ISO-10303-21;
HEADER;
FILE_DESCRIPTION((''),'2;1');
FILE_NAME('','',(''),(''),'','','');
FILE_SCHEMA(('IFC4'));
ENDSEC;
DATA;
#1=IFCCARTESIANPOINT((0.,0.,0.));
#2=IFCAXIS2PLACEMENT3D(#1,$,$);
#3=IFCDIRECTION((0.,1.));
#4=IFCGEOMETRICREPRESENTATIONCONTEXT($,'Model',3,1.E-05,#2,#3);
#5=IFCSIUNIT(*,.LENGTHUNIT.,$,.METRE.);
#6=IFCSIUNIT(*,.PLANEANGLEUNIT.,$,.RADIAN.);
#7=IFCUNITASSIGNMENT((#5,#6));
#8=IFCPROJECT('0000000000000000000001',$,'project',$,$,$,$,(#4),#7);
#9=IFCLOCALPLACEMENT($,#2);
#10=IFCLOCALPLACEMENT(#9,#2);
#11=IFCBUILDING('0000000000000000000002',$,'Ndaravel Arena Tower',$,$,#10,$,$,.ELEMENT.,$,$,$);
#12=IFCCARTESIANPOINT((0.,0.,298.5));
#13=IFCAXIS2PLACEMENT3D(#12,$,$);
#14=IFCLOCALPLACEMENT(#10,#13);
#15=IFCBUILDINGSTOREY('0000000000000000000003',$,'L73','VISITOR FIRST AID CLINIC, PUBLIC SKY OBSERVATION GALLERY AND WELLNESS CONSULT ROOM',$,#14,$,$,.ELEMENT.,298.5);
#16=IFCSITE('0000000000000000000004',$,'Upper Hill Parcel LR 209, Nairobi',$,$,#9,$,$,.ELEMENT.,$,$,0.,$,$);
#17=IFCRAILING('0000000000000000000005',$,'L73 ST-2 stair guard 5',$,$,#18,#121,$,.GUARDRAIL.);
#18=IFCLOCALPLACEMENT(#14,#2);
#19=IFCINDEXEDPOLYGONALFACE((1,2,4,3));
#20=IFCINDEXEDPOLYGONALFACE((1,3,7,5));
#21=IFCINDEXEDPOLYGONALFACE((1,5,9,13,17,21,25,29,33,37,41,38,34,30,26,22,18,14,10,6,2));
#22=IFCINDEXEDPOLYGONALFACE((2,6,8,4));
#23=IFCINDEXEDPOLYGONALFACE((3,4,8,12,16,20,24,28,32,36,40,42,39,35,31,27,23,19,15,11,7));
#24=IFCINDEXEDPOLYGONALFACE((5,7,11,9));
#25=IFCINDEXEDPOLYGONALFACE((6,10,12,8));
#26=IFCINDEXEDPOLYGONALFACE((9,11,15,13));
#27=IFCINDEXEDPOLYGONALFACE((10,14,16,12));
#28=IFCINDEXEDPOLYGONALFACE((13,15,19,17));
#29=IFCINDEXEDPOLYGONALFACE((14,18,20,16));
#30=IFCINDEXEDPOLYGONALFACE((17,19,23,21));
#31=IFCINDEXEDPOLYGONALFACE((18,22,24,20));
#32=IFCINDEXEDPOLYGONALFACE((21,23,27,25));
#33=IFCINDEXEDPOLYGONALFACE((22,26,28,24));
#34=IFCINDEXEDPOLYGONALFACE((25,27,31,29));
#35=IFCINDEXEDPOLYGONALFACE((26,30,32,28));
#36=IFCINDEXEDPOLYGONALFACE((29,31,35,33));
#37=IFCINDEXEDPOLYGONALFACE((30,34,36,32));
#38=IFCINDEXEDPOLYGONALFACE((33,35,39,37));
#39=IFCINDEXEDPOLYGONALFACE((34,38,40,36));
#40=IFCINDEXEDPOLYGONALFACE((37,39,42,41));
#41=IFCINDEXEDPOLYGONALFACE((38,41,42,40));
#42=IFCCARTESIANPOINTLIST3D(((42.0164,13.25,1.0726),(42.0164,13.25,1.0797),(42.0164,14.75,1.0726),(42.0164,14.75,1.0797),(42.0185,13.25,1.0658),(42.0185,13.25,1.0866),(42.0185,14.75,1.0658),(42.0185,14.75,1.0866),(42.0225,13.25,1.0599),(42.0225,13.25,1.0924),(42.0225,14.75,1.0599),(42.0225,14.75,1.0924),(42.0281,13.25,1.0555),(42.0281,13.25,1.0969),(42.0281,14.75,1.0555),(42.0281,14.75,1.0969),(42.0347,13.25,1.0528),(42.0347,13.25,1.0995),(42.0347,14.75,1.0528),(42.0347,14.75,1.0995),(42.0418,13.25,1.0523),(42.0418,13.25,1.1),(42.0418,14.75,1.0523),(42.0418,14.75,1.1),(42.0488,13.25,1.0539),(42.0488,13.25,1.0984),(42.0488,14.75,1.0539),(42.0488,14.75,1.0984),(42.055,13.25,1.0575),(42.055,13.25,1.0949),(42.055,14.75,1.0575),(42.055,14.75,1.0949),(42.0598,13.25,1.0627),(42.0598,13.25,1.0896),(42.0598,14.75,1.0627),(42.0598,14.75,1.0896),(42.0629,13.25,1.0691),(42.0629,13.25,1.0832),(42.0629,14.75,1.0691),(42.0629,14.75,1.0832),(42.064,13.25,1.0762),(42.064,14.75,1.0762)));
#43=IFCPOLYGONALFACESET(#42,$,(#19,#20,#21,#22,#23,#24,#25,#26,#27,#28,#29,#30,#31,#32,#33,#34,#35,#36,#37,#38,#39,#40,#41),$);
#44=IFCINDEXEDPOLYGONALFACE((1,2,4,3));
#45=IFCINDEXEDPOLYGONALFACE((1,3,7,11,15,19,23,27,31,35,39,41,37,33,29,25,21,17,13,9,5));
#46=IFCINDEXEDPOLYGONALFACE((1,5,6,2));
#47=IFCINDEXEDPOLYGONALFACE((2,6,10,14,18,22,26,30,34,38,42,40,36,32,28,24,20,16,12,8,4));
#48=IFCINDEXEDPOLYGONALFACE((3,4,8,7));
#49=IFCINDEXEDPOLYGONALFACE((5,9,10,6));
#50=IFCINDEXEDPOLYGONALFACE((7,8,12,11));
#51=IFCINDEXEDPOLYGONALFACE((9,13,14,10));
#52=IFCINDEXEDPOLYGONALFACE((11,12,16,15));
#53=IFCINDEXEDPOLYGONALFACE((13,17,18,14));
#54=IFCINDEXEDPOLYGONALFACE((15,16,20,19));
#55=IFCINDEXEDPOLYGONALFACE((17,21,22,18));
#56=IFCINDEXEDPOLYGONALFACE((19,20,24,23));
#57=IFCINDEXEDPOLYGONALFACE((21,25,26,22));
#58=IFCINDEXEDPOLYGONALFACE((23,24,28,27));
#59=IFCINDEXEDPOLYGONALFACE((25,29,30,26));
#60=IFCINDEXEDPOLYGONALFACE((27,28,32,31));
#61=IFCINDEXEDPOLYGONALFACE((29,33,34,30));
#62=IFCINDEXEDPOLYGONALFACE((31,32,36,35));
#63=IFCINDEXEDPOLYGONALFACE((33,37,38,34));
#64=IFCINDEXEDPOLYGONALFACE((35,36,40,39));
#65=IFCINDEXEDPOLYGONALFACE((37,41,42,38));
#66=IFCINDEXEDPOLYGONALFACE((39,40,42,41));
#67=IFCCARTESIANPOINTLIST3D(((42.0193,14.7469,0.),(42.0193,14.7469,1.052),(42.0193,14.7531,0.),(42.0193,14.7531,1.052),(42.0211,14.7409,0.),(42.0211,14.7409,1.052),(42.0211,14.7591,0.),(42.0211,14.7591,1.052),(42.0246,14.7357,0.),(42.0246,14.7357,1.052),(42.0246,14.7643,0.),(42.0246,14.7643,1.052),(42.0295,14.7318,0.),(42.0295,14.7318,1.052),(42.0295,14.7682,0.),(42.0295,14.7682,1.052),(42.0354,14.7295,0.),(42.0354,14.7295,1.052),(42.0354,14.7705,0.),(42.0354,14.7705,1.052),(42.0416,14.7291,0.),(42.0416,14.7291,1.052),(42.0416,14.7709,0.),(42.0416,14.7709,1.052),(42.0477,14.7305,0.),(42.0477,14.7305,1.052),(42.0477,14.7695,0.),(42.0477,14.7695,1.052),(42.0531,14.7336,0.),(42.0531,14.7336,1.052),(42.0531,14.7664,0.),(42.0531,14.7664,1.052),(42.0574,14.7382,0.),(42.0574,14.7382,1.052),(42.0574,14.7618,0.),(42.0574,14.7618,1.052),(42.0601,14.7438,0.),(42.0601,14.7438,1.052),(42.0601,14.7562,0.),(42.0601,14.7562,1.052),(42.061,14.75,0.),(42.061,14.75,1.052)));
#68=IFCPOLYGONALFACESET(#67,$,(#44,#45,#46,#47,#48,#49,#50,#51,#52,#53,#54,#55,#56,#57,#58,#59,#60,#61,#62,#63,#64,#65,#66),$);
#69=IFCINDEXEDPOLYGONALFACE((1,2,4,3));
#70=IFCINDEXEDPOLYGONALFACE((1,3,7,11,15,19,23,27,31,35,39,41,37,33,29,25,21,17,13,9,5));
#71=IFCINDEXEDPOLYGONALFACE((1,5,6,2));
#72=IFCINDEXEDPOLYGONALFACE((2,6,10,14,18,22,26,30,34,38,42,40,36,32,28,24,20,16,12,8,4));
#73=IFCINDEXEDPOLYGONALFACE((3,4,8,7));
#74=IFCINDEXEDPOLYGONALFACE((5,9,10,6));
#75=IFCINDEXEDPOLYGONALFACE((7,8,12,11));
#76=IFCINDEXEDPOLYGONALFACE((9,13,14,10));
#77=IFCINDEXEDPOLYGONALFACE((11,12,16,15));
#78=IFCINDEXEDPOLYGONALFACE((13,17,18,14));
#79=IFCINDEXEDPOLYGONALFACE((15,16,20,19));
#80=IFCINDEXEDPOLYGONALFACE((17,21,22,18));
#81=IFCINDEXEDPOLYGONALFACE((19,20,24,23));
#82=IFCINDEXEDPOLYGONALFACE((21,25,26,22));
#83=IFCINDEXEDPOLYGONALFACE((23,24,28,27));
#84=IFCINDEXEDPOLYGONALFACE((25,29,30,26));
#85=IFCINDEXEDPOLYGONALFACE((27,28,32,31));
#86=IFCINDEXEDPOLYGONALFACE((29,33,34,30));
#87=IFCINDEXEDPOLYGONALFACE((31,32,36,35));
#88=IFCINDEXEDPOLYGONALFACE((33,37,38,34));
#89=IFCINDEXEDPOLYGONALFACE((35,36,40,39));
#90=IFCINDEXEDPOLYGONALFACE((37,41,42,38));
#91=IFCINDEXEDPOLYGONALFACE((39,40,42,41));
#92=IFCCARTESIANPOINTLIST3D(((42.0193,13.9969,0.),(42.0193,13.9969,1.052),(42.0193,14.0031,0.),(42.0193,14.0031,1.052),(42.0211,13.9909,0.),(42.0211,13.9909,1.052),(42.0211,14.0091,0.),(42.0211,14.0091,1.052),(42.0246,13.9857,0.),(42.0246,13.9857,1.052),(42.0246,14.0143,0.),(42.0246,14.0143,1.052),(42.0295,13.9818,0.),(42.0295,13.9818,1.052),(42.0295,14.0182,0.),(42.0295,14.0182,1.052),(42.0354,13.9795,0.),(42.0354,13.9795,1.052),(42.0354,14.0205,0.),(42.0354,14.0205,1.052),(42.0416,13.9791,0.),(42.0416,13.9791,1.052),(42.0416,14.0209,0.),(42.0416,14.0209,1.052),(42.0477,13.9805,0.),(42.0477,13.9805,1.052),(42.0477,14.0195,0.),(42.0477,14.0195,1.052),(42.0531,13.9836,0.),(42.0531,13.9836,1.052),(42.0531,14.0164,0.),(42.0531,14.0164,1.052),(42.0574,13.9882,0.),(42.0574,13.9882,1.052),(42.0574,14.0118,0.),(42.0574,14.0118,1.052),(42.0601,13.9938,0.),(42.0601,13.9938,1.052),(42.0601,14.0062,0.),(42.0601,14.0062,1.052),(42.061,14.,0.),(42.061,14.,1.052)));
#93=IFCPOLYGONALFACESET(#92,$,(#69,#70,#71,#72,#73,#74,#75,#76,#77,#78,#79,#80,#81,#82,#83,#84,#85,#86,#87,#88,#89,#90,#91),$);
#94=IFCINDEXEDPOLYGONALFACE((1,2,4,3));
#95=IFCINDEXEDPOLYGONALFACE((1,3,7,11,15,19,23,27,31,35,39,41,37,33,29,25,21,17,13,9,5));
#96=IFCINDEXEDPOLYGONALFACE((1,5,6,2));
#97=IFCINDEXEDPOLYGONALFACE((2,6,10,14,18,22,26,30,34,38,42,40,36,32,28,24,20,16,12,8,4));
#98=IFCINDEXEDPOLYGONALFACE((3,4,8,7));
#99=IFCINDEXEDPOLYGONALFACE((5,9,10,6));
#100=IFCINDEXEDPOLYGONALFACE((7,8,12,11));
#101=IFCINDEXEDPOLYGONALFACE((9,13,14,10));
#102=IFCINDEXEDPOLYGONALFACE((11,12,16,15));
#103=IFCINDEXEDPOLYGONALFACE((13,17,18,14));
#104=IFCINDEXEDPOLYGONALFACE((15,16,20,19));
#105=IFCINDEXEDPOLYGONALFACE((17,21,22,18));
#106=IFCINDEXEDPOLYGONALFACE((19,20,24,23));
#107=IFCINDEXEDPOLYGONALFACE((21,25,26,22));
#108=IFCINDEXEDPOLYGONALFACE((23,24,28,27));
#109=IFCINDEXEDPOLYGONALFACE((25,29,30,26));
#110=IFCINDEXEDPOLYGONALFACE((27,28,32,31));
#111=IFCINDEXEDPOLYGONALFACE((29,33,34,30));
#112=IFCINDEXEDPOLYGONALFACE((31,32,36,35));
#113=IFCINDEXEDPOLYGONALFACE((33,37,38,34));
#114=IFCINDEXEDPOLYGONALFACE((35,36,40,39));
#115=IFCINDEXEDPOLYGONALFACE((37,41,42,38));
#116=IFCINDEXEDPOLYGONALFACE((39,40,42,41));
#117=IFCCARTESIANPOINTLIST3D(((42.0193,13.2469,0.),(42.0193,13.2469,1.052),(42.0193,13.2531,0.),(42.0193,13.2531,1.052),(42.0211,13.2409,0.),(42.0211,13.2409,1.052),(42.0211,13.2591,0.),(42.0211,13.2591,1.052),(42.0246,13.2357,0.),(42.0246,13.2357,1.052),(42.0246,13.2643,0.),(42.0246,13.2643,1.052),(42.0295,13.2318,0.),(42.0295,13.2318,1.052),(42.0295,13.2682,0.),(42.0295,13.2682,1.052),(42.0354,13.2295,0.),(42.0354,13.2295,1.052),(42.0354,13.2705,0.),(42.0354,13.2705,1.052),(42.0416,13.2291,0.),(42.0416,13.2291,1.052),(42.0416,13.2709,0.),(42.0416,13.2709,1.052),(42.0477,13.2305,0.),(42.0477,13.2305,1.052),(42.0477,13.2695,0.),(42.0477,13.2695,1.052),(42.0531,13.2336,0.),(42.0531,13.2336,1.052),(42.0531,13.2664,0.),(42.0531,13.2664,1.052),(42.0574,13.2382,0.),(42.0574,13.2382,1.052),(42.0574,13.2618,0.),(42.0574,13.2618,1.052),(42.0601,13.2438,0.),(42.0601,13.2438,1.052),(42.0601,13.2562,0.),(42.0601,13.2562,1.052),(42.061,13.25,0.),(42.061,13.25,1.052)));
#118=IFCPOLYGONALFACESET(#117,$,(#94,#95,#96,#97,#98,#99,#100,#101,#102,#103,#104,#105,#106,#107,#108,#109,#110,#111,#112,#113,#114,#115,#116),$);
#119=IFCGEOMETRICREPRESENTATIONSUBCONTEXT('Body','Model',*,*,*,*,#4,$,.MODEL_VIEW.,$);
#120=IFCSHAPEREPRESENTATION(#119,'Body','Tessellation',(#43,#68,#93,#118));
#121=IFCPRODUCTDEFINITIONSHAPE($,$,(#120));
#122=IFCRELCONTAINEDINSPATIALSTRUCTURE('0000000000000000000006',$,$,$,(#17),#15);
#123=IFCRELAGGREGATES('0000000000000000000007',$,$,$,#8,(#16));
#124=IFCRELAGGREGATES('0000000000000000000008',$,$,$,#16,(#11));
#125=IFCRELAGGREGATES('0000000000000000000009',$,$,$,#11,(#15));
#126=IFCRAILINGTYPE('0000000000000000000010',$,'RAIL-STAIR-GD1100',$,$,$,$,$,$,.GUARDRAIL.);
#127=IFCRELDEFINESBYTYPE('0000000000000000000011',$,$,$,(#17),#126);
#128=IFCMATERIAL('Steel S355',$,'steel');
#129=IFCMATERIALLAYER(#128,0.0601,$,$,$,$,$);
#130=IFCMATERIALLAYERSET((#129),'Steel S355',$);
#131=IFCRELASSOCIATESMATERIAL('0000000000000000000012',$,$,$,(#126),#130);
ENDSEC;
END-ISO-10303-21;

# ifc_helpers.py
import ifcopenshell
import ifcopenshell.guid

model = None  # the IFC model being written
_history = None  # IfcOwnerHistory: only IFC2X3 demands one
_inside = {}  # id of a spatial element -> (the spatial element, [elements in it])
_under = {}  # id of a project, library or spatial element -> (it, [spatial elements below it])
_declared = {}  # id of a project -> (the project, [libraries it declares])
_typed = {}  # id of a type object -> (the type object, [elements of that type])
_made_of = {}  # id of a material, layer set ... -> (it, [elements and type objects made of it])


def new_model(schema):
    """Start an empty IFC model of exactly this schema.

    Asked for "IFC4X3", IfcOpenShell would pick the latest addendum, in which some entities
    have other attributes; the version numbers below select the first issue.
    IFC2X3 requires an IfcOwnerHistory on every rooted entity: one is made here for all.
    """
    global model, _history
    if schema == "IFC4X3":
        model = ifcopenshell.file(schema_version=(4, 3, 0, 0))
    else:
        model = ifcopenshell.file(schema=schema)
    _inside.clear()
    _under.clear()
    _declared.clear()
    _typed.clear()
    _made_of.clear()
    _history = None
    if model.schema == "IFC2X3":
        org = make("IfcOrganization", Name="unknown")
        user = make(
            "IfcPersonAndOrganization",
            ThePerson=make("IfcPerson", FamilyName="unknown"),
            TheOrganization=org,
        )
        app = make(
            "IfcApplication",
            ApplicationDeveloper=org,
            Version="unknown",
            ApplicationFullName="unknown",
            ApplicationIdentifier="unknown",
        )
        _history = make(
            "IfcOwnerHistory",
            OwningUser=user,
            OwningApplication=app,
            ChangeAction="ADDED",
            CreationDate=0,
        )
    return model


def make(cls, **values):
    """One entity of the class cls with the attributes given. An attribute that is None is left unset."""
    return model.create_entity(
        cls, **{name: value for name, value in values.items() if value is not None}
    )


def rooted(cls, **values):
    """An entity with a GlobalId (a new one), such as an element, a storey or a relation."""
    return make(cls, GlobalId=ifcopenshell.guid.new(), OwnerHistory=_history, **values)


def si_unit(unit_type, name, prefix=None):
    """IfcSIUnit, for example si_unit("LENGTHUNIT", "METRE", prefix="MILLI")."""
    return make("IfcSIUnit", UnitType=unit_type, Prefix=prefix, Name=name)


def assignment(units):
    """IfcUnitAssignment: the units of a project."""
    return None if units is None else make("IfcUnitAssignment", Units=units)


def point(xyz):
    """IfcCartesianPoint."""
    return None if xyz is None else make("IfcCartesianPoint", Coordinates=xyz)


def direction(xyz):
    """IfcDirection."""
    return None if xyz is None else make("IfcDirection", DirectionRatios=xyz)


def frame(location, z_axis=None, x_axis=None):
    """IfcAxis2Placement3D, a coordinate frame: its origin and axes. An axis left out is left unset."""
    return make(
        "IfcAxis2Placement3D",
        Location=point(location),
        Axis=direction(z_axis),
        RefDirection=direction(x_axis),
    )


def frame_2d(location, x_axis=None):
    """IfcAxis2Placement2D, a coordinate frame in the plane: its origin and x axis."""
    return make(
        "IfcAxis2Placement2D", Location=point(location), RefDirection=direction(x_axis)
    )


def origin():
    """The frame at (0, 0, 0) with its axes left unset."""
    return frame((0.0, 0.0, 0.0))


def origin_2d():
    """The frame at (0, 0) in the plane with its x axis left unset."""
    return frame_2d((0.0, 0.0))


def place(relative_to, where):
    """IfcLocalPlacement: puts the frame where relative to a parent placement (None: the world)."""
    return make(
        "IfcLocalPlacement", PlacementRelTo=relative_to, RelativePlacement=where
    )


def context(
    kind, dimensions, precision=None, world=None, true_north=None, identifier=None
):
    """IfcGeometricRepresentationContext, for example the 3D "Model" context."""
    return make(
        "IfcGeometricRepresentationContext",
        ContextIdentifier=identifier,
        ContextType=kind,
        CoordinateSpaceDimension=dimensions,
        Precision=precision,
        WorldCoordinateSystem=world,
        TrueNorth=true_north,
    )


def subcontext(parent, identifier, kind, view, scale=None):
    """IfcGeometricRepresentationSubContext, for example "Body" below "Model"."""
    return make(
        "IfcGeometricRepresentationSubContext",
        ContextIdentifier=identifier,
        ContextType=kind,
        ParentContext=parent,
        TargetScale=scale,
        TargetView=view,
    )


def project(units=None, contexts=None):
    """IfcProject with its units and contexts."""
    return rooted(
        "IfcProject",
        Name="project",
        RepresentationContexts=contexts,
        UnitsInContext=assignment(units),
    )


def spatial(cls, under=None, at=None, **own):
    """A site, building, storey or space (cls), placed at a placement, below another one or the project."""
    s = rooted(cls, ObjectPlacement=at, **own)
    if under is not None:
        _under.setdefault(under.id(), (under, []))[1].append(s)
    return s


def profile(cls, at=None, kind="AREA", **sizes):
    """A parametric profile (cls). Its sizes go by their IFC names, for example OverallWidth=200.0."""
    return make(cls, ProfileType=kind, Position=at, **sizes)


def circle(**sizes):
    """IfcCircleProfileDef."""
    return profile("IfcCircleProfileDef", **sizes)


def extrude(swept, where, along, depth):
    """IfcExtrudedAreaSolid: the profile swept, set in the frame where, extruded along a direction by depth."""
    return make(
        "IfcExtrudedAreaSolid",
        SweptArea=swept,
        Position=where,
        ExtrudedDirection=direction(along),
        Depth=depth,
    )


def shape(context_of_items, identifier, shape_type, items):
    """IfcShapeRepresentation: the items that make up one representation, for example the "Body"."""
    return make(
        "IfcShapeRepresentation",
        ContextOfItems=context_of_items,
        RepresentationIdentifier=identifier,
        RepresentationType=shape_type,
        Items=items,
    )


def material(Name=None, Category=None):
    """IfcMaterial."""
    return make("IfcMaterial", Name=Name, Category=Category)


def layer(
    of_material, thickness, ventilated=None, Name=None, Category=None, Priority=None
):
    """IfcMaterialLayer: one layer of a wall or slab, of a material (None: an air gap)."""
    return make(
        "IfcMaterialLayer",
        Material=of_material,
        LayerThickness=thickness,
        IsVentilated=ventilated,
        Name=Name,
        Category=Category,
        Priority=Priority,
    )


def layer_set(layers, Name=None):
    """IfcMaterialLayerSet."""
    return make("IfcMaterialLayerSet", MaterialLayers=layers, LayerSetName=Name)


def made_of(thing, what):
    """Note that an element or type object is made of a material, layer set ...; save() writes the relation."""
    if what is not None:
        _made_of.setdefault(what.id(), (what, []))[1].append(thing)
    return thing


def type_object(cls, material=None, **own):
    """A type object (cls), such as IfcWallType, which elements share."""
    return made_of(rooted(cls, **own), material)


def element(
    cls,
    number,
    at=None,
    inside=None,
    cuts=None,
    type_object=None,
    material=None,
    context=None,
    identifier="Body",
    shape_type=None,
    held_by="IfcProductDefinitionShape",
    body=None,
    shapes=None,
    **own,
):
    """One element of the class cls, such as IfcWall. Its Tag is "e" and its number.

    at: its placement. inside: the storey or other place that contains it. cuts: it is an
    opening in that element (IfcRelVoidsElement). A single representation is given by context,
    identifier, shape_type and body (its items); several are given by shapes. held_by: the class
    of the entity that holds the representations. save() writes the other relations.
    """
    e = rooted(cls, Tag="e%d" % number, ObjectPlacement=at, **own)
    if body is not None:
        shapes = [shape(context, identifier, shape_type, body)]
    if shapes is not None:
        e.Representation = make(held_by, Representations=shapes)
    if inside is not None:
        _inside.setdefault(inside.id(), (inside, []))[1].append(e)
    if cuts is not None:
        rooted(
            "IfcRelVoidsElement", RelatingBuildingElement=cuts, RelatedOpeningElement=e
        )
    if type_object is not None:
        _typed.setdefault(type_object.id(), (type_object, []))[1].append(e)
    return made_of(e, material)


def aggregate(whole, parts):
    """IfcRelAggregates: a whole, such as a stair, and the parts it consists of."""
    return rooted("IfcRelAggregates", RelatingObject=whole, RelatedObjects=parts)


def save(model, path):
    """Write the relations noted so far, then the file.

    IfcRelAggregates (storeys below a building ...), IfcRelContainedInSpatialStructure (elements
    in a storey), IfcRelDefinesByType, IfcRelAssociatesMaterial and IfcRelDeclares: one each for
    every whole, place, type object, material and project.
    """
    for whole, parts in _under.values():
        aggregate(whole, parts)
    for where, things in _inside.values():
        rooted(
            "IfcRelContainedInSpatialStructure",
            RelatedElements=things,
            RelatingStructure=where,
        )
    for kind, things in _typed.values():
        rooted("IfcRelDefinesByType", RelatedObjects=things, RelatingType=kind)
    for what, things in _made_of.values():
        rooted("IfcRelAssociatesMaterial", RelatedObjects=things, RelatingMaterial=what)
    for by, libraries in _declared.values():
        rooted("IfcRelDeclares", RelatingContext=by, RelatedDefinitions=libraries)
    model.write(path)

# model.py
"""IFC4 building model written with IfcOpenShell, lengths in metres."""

from ifc_helpers import new_model, si_unit, direction, frame, origin, origin_2d, place, context, subcontext, project, spatial, circle, extrude, material, layer, layer_set, type_object, element, save


model = new_model("IFC4")

# Units and contexts
model_context = context("Model", 3, precision=1e-05, world=origin(), true_north=direction((0.0, 1.0)))
body_context = subcontext(model_context, "Body", "Model", "MODEL_VIEW")
ifc_project = project(units=[si_unit("LENGTHUNIT", "METRE"), si_unit("PLANEANGLEUNIT", "RADIAN")], contexts=[model_context])

# Site, building, storey
site_placement = place(None, origin())
site = spatial("IfcSite", under=ifc_project, at=site_placement, Name="Upper Hill Parcel LR 209, Nairobi", CompositionType="ELEMENT", RefElevation=0.0)
building_placement = place(site_placement, origin())
building = spatial("IfcBuilding", under=site, at=building_placement, Name="Ndaravel Arena Tower", CompositionType="ELEMENT")
storey_placement = place(building_placement, frame((0.0, 0.0, 298.5)))
storey = spatial("IfcBuildingStorey", under=building, at=storey_placement, Name="L73", Description="VISITOR FIRST AID CLINIC, PUBLIC SKY OBSERVATION GALLERY AND WELLNESS CONSULT ROOM", CompositionType="ELEMENT", Elevation=298.5)

# Railing
ifc_material_1 = material(Name="Steel S355", Category="steel")
ifc_layer_1 = layer(ifc_material_1, 0.0601)
ifc_layer_set_1 = layer_set([ifc_layer_1], Name="Steel S355")
railing_type = type_object("IfcRailingType", Name="RAIL-STAIR-GD1100", PredefinedType="GUARDRAIL", material=ifc_layer_set_1)
railing_placement = place(storey_placement, frame((42.04, 14.75, 0.0)))
element("IfcRailing", 1, at=railing_placement, inside=storey, type_object=railing_type, Name="L73 ST-2 stair guard 5", PredefinedType="GUARDRAIL", context=body_context, shape_type="SweptSolid", body=[
    extrude(circle(Radius=0.0239, at=origin_2d()), frame((0.0, 0.0, 1.0762), z_axis=(0.0, -1.0, 0.0), x_axis=(1.0, 0.0, 0.0)), (0.0, 0.0, 1.0), 1.5),
    extrude(circle(Radius=0.021, at=origin_2d()), origin(), (0.0, 0.0, 1.0), 1.052),
    extrude(circle(Radius=0.021, at=origin_2d()), frame((0.0, -0.75, 0.0)), (0.0, 0.0, 1.0), 1.052),
    extrude(circle(Radius=0.021, at=origin_2d()), frame((0.0, -1.5, 0.0)), (0.0, 0.0, 1.0), 1.052),
])

save(model, "model.ifc")
